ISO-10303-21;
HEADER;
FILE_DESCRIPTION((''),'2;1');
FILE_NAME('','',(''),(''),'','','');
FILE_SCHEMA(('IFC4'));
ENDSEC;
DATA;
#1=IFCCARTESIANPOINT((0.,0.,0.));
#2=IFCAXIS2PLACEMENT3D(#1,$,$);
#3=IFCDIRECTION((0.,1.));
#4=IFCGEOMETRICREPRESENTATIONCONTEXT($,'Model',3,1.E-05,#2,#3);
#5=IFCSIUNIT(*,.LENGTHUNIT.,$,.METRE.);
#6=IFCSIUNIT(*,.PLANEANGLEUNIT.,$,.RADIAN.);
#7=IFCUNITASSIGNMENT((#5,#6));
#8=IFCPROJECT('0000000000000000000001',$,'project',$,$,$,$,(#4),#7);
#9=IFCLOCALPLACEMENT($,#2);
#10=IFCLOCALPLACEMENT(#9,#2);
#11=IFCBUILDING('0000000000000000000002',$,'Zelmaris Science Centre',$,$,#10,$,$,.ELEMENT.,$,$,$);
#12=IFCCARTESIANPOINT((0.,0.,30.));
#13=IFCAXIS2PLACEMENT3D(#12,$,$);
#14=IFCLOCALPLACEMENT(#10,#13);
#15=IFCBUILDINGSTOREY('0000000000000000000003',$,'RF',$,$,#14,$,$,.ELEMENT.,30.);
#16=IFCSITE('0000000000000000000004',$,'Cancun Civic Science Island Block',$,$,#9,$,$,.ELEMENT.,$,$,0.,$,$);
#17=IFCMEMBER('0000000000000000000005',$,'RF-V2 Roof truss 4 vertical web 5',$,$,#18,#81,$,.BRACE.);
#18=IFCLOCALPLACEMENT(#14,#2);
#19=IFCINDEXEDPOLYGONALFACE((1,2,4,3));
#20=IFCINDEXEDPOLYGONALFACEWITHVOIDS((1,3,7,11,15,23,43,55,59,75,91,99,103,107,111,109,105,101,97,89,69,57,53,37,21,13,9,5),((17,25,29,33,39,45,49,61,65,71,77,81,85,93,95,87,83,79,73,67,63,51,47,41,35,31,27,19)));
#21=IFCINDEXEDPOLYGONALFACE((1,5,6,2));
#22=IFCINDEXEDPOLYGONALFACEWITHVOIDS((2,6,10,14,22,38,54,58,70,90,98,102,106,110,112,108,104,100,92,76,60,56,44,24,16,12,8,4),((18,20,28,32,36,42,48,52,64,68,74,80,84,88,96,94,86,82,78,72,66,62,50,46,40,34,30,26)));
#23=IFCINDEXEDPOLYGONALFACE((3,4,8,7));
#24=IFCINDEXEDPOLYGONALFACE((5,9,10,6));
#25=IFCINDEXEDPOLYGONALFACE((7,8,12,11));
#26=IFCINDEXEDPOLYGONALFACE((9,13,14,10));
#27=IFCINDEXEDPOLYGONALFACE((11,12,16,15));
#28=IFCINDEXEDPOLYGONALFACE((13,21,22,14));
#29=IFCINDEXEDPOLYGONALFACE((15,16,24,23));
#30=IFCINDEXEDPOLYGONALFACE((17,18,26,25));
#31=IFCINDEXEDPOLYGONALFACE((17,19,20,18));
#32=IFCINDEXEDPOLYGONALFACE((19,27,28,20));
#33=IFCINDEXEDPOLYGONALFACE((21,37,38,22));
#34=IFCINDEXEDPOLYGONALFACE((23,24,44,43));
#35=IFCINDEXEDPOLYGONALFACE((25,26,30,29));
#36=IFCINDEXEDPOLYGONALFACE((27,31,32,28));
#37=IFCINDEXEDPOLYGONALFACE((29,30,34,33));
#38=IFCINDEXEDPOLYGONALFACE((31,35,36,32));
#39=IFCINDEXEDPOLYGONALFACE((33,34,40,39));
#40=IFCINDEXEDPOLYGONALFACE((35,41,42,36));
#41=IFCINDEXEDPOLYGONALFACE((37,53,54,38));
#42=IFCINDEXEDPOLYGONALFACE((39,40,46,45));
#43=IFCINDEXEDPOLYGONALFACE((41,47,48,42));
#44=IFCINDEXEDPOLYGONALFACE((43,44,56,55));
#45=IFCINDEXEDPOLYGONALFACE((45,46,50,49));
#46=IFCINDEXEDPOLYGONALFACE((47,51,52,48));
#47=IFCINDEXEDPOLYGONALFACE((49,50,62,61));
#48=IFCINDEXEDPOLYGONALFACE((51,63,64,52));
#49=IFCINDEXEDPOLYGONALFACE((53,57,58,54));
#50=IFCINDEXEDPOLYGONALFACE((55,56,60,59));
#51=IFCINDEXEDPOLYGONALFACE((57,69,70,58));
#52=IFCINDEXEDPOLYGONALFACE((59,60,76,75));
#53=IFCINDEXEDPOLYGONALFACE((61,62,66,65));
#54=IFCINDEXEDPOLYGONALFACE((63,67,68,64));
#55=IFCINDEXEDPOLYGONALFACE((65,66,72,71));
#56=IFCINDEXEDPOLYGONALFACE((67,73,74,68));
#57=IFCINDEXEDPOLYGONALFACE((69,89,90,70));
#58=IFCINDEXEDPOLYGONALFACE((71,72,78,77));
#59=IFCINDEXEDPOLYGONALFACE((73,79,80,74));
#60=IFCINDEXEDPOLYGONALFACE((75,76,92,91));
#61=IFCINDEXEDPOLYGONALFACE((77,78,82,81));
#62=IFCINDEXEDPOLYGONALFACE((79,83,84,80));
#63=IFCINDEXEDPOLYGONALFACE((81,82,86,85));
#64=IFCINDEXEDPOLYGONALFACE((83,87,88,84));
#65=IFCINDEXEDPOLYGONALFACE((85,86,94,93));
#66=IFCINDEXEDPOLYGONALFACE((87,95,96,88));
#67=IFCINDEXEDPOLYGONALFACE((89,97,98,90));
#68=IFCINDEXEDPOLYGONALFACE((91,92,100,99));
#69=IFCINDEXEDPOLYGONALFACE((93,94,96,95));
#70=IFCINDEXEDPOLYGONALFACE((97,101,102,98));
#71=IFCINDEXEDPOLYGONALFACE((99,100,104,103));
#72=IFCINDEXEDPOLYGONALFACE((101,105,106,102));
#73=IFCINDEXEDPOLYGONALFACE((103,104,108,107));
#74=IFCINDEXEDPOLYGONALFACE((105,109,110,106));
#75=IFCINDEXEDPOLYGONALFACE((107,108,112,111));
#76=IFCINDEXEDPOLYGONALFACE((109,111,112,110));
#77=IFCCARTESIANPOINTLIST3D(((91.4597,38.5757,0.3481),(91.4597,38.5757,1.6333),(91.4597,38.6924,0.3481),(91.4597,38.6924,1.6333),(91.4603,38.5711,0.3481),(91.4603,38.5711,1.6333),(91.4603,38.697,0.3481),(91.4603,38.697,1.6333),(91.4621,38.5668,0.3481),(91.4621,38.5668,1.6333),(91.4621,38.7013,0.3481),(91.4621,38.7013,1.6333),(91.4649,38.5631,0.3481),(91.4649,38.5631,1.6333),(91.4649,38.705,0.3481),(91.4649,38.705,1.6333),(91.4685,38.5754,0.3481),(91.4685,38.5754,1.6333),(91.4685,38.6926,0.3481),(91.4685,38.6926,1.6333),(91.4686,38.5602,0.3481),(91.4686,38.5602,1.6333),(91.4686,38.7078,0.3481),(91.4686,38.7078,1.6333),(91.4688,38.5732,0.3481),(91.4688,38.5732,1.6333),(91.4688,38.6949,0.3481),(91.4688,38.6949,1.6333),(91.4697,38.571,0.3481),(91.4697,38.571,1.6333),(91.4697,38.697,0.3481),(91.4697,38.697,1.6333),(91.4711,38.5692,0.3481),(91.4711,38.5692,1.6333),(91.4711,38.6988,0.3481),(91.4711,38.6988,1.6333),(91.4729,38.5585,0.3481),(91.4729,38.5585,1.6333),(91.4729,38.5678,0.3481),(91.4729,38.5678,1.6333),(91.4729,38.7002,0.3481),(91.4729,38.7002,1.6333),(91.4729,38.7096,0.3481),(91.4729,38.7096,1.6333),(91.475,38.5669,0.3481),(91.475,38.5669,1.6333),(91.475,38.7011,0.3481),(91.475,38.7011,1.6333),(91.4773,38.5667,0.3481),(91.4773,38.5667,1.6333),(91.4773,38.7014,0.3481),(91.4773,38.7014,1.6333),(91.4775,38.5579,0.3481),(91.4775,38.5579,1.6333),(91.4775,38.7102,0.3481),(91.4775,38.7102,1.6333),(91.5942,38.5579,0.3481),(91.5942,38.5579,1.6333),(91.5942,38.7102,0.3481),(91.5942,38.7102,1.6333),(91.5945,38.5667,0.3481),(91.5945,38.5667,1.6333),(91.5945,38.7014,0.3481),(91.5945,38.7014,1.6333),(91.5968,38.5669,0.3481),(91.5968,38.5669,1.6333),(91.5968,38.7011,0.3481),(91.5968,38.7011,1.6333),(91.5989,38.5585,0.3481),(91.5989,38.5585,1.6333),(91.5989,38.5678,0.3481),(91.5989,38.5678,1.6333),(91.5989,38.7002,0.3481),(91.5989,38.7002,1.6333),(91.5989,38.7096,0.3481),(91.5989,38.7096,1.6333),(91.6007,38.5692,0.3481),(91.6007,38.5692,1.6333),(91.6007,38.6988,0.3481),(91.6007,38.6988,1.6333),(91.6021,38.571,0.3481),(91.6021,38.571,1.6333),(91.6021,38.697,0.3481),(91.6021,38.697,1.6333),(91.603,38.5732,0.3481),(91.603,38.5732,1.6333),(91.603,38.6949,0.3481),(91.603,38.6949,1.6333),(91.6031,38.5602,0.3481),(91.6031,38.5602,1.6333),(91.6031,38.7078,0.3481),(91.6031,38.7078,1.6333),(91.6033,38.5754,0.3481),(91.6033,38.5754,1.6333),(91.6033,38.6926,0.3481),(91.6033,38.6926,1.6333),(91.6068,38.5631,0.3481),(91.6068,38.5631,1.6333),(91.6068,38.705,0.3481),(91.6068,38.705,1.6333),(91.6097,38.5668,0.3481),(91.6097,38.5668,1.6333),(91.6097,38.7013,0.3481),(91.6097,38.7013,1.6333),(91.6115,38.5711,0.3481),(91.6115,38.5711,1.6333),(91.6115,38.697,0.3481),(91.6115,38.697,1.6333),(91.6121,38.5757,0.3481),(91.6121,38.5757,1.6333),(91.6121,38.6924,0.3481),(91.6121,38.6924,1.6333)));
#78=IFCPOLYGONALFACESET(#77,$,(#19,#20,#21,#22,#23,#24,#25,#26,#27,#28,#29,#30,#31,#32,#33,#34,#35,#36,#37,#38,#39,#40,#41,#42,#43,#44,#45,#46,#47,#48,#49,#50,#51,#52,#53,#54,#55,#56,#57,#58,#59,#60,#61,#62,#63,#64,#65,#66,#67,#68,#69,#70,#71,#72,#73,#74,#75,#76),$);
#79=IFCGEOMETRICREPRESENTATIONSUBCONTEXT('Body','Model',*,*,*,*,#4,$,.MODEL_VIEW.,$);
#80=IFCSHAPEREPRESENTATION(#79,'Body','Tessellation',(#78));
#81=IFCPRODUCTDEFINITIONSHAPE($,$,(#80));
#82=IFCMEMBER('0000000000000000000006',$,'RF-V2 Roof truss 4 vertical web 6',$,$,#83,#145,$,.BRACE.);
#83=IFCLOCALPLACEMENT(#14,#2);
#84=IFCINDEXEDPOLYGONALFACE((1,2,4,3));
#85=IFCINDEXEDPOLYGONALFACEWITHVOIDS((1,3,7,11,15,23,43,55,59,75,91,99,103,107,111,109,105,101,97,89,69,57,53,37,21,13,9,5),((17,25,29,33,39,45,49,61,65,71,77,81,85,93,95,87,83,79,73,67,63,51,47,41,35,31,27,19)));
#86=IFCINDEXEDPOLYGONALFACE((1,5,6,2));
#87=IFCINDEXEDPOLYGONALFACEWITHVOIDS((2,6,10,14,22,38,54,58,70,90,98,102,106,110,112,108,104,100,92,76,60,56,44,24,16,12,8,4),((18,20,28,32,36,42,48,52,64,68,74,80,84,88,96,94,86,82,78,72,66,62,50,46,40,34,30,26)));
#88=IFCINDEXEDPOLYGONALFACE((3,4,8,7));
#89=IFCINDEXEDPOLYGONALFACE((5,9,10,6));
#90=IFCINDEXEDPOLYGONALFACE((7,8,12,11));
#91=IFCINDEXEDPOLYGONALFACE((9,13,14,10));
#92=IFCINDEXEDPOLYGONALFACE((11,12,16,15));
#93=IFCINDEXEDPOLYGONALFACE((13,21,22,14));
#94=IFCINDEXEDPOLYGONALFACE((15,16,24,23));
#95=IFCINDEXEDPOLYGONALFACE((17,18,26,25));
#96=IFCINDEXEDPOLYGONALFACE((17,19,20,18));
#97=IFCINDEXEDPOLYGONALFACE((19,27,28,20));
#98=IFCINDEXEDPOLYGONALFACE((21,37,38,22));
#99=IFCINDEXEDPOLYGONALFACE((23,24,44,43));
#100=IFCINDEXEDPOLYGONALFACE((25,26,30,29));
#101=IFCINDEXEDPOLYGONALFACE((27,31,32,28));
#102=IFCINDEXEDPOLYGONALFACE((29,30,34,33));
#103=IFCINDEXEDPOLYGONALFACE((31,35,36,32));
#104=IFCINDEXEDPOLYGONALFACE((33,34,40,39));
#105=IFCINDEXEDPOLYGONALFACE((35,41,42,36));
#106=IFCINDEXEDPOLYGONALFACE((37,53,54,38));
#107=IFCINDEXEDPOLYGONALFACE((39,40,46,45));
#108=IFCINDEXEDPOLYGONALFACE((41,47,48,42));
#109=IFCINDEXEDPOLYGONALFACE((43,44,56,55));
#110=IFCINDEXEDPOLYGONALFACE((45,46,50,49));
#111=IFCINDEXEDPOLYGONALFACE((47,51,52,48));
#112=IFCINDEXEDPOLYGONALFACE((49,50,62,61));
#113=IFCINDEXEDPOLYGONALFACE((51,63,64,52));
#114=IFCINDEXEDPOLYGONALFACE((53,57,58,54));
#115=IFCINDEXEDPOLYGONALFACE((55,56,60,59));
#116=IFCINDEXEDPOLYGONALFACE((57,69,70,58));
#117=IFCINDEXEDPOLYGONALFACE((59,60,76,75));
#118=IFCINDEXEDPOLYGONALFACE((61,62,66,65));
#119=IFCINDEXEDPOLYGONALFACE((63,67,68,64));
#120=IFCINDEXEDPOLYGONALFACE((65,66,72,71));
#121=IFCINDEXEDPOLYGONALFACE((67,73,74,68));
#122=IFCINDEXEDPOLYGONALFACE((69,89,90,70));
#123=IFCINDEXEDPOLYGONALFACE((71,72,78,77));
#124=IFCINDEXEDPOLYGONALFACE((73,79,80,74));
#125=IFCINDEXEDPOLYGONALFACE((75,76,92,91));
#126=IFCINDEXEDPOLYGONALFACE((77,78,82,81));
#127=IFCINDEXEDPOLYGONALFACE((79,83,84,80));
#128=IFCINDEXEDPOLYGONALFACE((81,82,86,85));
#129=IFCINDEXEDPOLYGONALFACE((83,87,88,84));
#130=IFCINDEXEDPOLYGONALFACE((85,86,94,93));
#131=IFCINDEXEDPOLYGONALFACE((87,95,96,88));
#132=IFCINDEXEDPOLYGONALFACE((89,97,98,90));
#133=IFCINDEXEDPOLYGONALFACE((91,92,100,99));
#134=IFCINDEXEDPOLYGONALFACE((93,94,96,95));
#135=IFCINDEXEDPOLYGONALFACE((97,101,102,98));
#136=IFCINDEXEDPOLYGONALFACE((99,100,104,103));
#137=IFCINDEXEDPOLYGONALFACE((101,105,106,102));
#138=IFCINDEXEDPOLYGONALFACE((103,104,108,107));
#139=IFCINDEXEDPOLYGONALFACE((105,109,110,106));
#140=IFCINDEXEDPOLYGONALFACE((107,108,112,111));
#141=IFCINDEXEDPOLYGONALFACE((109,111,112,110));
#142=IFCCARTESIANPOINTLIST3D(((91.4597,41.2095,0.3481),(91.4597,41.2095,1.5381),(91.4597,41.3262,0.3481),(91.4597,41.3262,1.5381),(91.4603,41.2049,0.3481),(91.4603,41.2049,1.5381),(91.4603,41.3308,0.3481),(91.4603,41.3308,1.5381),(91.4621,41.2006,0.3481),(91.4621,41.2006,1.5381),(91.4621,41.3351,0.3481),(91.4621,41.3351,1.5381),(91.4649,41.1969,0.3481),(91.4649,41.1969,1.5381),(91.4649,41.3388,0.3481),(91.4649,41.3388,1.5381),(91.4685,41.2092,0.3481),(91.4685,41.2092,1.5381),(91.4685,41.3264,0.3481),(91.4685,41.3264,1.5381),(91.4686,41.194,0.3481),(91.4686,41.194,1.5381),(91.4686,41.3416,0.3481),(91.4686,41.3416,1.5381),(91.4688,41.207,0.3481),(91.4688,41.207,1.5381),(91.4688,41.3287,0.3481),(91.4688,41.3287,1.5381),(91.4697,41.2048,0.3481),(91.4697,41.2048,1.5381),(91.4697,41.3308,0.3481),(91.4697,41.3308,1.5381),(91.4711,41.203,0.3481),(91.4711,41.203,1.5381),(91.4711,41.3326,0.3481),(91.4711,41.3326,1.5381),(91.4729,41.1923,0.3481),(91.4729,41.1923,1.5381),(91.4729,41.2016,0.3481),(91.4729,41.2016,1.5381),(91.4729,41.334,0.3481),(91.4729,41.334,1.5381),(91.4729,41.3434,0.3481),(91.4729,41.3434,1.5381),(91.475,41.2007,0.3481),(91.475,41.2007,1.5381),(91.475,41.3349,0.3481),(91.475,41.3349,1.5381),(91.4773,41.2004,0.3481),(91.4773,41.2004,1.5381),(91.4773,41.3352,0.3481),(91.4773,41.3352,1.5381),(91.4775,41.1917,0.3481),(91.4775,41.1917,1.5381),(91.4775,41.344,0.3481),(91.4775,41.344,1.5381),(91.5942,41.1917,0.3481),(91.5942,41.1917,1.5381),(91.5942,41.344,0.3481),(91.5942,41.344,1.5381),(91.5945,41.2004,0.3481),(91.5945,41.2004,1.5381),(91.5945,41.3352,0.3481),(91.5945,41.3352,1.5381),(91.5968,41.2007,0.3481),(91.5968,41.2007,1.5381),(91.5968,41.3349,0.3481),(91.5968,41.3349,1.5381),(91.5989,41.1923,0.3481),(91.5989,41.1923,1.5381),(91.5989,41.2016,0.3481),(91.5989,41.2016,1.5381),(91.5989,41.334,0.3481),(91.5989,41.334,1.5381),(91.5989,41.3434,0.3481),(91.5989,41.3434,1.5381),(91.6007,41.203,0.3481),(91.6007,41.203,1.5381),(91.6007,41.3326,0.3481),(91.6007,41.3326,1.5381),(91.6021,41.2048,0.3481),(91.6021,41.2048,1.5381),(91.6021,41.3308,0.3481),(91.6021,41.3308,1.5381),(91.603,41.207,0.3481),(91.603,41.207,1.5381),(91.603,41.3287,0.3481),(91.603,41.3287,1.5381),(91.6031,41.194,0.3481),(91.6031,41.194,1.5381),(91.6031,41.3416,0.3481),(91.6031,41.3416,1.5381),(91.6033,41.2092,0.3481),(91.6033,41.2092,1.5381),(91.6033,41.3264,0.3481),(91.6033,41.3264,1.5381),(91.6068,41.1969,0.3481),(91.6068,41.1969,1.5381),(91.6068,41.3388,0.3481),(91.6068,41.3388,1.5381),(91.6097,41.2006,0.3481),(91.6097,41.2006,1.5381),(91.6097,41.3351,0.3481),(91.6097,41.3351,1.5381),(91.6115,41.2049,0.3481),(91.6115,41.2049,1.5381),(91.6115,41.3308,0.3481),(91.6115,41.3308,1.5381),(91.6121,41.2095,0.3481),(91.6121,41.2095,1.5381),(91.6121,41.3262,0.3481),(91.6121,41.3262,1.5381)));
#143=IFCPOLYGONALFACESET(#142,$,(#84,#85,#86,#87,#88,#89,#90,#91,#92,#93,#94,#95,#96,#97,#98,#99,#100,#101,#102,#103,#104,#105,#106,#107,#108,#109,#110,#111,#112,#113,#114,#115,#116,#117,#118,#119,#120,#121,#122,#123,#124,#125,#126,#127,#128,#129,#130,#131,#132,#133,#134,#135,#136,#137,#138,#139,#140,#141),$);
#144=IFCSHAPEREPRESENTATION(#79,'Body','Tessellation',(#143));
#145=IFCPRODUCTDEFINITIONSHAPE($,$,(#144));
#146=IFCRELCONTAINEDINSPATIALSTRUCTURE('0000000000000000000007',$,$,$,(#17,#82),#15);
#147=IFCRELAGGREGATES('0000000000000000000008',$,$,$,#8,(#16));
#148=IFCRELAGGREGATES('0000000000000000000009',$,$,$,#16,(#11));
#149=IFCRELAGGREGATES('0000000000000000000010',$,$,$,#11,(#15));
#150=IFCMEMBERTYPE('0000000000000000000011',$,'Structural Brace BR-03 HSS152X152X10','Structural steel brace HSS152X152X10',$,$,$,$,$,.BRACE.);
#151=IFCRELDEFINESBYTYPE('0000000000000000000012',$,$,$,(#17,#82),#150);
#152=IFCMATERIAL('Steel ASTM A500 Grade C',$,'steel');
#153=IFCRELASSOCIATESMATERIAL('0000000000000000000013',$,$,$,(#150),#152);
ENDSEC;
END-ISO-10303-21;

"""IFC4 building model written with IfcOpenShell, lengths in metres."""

from ifc_helpers import new_model, si_unit, direction, frame, origin, origin_2d, place, context, subcontext, project, spatial, hollow_rectangle, extrude, material, material_profile, profile_set, type_object, element, save


model = new_model("IFC4")

# Units and contexts
model_context = context("Model", 3, precision=1e-05, world=origin(), true_north=direction((0.0, 1.0)))
body_context = subcontext(model_context, "Body", "Model", "MODEL_VIEW")
ifc_project = project(units=[si_unit("LENGTHUNIT", "METRE"), si_unit("PLANEANGLEUNIT", "RADIAN")], contexts=[model_context])

# Site, building, storey
site_placement = place(None, origin())
site = spatial("IfcSite", under=ifc_project, at=site_placement, Name="Cancun Civic Science Island Block", CompositionType="ELEMENT", RefElevation=0.0)
building_placement = place(site_placement, origin())
building = spatial("IfcBuilding", under=site, at=building_placement, Name="Zelmaris Science Centre", CompositionType="ELEMENT")
storey_placement = place(building_placement, frame((0.0, 0.0, 30.0)))
storey = spatial("IfcBuildingStorey", under=building, at=storey_placement, Name="RF", CompositionType="ELEMENT", Elevation=30.0)

# Shared definitions
ifc_material_1 = material(Name="Steel ASTM A500 Grade C", Category="steel")

# Members
ifc_material_profile_1 = material_profile(ifc_material_1, hollow_rectangle(XDim=0.1523, YDim=0.1523, WallThickness=0.0088, InnerFilletRadius=0.0088, OuterFilletRadius=0.0178, at=origin_2d()), Name="HSS152X152X10")
ifc_profile_set_1 = profile_set([ifc_material_profile_1], Name="Steel ASTM A500 Grade C")
member_type_1 = type_object("IfcMemberType", Name="Structural Brace BR-03 HSS152X152X10", Description="Structural steel brace HSS152X152X10", PredefinedType="BRACE", material=ifc_profile_set_1)
member_1_placement = place(storey_placement, frame((91.5359, 38.634, 0.3481), z_axis=(0.0, 0.0, 1.0), x_axis=(1.0, 0.0, 0.0)))
element("IfcMember", 1, at=member_1_placement, inside=storey, type_object=member_type_1, Name="RF-V2 Roof truss 4 vertical web 5", PredefinedType="BRACE", context=body_context, shape_type="SweptSolid", body=[
    extrude(hollow_rectangle(XDim=0.1523, YDim=0.1523, WallThickness=0.0088, InnerFilletRadius=0.0088, OuterFilletRadius=0.0178, at=origin_2d()), origin(), (0.0, 0.0, 1.0), 1.2852),
])
member_2_placement = place(storey_placement, frame((91.5359, 41.2678, 0.3481), z_axis=(0.0, 0.0, 1.0), x_axis=(1.0, 0.0, 0.0)))
element("IfcMember", 2, at=member_2_placement, inside=storey, type_object=member_type_1, Name="RF-V2 Roof truss 4 vertical web 6", PredefinedType="BRACE", context=body_context, shape_type="SweptSolid", body=[
    extrude(hollow_rectangle(XDim=0.1523, YDim=0.1523, WallThickness=0.0088, InnerFilletRadius=0.0088, OuterFilletRadius=0.0178, at=origin_2d()), origin(), (0.0, 0.0, 1.0), 1.1899),
])

save(model, "model.ifc")
